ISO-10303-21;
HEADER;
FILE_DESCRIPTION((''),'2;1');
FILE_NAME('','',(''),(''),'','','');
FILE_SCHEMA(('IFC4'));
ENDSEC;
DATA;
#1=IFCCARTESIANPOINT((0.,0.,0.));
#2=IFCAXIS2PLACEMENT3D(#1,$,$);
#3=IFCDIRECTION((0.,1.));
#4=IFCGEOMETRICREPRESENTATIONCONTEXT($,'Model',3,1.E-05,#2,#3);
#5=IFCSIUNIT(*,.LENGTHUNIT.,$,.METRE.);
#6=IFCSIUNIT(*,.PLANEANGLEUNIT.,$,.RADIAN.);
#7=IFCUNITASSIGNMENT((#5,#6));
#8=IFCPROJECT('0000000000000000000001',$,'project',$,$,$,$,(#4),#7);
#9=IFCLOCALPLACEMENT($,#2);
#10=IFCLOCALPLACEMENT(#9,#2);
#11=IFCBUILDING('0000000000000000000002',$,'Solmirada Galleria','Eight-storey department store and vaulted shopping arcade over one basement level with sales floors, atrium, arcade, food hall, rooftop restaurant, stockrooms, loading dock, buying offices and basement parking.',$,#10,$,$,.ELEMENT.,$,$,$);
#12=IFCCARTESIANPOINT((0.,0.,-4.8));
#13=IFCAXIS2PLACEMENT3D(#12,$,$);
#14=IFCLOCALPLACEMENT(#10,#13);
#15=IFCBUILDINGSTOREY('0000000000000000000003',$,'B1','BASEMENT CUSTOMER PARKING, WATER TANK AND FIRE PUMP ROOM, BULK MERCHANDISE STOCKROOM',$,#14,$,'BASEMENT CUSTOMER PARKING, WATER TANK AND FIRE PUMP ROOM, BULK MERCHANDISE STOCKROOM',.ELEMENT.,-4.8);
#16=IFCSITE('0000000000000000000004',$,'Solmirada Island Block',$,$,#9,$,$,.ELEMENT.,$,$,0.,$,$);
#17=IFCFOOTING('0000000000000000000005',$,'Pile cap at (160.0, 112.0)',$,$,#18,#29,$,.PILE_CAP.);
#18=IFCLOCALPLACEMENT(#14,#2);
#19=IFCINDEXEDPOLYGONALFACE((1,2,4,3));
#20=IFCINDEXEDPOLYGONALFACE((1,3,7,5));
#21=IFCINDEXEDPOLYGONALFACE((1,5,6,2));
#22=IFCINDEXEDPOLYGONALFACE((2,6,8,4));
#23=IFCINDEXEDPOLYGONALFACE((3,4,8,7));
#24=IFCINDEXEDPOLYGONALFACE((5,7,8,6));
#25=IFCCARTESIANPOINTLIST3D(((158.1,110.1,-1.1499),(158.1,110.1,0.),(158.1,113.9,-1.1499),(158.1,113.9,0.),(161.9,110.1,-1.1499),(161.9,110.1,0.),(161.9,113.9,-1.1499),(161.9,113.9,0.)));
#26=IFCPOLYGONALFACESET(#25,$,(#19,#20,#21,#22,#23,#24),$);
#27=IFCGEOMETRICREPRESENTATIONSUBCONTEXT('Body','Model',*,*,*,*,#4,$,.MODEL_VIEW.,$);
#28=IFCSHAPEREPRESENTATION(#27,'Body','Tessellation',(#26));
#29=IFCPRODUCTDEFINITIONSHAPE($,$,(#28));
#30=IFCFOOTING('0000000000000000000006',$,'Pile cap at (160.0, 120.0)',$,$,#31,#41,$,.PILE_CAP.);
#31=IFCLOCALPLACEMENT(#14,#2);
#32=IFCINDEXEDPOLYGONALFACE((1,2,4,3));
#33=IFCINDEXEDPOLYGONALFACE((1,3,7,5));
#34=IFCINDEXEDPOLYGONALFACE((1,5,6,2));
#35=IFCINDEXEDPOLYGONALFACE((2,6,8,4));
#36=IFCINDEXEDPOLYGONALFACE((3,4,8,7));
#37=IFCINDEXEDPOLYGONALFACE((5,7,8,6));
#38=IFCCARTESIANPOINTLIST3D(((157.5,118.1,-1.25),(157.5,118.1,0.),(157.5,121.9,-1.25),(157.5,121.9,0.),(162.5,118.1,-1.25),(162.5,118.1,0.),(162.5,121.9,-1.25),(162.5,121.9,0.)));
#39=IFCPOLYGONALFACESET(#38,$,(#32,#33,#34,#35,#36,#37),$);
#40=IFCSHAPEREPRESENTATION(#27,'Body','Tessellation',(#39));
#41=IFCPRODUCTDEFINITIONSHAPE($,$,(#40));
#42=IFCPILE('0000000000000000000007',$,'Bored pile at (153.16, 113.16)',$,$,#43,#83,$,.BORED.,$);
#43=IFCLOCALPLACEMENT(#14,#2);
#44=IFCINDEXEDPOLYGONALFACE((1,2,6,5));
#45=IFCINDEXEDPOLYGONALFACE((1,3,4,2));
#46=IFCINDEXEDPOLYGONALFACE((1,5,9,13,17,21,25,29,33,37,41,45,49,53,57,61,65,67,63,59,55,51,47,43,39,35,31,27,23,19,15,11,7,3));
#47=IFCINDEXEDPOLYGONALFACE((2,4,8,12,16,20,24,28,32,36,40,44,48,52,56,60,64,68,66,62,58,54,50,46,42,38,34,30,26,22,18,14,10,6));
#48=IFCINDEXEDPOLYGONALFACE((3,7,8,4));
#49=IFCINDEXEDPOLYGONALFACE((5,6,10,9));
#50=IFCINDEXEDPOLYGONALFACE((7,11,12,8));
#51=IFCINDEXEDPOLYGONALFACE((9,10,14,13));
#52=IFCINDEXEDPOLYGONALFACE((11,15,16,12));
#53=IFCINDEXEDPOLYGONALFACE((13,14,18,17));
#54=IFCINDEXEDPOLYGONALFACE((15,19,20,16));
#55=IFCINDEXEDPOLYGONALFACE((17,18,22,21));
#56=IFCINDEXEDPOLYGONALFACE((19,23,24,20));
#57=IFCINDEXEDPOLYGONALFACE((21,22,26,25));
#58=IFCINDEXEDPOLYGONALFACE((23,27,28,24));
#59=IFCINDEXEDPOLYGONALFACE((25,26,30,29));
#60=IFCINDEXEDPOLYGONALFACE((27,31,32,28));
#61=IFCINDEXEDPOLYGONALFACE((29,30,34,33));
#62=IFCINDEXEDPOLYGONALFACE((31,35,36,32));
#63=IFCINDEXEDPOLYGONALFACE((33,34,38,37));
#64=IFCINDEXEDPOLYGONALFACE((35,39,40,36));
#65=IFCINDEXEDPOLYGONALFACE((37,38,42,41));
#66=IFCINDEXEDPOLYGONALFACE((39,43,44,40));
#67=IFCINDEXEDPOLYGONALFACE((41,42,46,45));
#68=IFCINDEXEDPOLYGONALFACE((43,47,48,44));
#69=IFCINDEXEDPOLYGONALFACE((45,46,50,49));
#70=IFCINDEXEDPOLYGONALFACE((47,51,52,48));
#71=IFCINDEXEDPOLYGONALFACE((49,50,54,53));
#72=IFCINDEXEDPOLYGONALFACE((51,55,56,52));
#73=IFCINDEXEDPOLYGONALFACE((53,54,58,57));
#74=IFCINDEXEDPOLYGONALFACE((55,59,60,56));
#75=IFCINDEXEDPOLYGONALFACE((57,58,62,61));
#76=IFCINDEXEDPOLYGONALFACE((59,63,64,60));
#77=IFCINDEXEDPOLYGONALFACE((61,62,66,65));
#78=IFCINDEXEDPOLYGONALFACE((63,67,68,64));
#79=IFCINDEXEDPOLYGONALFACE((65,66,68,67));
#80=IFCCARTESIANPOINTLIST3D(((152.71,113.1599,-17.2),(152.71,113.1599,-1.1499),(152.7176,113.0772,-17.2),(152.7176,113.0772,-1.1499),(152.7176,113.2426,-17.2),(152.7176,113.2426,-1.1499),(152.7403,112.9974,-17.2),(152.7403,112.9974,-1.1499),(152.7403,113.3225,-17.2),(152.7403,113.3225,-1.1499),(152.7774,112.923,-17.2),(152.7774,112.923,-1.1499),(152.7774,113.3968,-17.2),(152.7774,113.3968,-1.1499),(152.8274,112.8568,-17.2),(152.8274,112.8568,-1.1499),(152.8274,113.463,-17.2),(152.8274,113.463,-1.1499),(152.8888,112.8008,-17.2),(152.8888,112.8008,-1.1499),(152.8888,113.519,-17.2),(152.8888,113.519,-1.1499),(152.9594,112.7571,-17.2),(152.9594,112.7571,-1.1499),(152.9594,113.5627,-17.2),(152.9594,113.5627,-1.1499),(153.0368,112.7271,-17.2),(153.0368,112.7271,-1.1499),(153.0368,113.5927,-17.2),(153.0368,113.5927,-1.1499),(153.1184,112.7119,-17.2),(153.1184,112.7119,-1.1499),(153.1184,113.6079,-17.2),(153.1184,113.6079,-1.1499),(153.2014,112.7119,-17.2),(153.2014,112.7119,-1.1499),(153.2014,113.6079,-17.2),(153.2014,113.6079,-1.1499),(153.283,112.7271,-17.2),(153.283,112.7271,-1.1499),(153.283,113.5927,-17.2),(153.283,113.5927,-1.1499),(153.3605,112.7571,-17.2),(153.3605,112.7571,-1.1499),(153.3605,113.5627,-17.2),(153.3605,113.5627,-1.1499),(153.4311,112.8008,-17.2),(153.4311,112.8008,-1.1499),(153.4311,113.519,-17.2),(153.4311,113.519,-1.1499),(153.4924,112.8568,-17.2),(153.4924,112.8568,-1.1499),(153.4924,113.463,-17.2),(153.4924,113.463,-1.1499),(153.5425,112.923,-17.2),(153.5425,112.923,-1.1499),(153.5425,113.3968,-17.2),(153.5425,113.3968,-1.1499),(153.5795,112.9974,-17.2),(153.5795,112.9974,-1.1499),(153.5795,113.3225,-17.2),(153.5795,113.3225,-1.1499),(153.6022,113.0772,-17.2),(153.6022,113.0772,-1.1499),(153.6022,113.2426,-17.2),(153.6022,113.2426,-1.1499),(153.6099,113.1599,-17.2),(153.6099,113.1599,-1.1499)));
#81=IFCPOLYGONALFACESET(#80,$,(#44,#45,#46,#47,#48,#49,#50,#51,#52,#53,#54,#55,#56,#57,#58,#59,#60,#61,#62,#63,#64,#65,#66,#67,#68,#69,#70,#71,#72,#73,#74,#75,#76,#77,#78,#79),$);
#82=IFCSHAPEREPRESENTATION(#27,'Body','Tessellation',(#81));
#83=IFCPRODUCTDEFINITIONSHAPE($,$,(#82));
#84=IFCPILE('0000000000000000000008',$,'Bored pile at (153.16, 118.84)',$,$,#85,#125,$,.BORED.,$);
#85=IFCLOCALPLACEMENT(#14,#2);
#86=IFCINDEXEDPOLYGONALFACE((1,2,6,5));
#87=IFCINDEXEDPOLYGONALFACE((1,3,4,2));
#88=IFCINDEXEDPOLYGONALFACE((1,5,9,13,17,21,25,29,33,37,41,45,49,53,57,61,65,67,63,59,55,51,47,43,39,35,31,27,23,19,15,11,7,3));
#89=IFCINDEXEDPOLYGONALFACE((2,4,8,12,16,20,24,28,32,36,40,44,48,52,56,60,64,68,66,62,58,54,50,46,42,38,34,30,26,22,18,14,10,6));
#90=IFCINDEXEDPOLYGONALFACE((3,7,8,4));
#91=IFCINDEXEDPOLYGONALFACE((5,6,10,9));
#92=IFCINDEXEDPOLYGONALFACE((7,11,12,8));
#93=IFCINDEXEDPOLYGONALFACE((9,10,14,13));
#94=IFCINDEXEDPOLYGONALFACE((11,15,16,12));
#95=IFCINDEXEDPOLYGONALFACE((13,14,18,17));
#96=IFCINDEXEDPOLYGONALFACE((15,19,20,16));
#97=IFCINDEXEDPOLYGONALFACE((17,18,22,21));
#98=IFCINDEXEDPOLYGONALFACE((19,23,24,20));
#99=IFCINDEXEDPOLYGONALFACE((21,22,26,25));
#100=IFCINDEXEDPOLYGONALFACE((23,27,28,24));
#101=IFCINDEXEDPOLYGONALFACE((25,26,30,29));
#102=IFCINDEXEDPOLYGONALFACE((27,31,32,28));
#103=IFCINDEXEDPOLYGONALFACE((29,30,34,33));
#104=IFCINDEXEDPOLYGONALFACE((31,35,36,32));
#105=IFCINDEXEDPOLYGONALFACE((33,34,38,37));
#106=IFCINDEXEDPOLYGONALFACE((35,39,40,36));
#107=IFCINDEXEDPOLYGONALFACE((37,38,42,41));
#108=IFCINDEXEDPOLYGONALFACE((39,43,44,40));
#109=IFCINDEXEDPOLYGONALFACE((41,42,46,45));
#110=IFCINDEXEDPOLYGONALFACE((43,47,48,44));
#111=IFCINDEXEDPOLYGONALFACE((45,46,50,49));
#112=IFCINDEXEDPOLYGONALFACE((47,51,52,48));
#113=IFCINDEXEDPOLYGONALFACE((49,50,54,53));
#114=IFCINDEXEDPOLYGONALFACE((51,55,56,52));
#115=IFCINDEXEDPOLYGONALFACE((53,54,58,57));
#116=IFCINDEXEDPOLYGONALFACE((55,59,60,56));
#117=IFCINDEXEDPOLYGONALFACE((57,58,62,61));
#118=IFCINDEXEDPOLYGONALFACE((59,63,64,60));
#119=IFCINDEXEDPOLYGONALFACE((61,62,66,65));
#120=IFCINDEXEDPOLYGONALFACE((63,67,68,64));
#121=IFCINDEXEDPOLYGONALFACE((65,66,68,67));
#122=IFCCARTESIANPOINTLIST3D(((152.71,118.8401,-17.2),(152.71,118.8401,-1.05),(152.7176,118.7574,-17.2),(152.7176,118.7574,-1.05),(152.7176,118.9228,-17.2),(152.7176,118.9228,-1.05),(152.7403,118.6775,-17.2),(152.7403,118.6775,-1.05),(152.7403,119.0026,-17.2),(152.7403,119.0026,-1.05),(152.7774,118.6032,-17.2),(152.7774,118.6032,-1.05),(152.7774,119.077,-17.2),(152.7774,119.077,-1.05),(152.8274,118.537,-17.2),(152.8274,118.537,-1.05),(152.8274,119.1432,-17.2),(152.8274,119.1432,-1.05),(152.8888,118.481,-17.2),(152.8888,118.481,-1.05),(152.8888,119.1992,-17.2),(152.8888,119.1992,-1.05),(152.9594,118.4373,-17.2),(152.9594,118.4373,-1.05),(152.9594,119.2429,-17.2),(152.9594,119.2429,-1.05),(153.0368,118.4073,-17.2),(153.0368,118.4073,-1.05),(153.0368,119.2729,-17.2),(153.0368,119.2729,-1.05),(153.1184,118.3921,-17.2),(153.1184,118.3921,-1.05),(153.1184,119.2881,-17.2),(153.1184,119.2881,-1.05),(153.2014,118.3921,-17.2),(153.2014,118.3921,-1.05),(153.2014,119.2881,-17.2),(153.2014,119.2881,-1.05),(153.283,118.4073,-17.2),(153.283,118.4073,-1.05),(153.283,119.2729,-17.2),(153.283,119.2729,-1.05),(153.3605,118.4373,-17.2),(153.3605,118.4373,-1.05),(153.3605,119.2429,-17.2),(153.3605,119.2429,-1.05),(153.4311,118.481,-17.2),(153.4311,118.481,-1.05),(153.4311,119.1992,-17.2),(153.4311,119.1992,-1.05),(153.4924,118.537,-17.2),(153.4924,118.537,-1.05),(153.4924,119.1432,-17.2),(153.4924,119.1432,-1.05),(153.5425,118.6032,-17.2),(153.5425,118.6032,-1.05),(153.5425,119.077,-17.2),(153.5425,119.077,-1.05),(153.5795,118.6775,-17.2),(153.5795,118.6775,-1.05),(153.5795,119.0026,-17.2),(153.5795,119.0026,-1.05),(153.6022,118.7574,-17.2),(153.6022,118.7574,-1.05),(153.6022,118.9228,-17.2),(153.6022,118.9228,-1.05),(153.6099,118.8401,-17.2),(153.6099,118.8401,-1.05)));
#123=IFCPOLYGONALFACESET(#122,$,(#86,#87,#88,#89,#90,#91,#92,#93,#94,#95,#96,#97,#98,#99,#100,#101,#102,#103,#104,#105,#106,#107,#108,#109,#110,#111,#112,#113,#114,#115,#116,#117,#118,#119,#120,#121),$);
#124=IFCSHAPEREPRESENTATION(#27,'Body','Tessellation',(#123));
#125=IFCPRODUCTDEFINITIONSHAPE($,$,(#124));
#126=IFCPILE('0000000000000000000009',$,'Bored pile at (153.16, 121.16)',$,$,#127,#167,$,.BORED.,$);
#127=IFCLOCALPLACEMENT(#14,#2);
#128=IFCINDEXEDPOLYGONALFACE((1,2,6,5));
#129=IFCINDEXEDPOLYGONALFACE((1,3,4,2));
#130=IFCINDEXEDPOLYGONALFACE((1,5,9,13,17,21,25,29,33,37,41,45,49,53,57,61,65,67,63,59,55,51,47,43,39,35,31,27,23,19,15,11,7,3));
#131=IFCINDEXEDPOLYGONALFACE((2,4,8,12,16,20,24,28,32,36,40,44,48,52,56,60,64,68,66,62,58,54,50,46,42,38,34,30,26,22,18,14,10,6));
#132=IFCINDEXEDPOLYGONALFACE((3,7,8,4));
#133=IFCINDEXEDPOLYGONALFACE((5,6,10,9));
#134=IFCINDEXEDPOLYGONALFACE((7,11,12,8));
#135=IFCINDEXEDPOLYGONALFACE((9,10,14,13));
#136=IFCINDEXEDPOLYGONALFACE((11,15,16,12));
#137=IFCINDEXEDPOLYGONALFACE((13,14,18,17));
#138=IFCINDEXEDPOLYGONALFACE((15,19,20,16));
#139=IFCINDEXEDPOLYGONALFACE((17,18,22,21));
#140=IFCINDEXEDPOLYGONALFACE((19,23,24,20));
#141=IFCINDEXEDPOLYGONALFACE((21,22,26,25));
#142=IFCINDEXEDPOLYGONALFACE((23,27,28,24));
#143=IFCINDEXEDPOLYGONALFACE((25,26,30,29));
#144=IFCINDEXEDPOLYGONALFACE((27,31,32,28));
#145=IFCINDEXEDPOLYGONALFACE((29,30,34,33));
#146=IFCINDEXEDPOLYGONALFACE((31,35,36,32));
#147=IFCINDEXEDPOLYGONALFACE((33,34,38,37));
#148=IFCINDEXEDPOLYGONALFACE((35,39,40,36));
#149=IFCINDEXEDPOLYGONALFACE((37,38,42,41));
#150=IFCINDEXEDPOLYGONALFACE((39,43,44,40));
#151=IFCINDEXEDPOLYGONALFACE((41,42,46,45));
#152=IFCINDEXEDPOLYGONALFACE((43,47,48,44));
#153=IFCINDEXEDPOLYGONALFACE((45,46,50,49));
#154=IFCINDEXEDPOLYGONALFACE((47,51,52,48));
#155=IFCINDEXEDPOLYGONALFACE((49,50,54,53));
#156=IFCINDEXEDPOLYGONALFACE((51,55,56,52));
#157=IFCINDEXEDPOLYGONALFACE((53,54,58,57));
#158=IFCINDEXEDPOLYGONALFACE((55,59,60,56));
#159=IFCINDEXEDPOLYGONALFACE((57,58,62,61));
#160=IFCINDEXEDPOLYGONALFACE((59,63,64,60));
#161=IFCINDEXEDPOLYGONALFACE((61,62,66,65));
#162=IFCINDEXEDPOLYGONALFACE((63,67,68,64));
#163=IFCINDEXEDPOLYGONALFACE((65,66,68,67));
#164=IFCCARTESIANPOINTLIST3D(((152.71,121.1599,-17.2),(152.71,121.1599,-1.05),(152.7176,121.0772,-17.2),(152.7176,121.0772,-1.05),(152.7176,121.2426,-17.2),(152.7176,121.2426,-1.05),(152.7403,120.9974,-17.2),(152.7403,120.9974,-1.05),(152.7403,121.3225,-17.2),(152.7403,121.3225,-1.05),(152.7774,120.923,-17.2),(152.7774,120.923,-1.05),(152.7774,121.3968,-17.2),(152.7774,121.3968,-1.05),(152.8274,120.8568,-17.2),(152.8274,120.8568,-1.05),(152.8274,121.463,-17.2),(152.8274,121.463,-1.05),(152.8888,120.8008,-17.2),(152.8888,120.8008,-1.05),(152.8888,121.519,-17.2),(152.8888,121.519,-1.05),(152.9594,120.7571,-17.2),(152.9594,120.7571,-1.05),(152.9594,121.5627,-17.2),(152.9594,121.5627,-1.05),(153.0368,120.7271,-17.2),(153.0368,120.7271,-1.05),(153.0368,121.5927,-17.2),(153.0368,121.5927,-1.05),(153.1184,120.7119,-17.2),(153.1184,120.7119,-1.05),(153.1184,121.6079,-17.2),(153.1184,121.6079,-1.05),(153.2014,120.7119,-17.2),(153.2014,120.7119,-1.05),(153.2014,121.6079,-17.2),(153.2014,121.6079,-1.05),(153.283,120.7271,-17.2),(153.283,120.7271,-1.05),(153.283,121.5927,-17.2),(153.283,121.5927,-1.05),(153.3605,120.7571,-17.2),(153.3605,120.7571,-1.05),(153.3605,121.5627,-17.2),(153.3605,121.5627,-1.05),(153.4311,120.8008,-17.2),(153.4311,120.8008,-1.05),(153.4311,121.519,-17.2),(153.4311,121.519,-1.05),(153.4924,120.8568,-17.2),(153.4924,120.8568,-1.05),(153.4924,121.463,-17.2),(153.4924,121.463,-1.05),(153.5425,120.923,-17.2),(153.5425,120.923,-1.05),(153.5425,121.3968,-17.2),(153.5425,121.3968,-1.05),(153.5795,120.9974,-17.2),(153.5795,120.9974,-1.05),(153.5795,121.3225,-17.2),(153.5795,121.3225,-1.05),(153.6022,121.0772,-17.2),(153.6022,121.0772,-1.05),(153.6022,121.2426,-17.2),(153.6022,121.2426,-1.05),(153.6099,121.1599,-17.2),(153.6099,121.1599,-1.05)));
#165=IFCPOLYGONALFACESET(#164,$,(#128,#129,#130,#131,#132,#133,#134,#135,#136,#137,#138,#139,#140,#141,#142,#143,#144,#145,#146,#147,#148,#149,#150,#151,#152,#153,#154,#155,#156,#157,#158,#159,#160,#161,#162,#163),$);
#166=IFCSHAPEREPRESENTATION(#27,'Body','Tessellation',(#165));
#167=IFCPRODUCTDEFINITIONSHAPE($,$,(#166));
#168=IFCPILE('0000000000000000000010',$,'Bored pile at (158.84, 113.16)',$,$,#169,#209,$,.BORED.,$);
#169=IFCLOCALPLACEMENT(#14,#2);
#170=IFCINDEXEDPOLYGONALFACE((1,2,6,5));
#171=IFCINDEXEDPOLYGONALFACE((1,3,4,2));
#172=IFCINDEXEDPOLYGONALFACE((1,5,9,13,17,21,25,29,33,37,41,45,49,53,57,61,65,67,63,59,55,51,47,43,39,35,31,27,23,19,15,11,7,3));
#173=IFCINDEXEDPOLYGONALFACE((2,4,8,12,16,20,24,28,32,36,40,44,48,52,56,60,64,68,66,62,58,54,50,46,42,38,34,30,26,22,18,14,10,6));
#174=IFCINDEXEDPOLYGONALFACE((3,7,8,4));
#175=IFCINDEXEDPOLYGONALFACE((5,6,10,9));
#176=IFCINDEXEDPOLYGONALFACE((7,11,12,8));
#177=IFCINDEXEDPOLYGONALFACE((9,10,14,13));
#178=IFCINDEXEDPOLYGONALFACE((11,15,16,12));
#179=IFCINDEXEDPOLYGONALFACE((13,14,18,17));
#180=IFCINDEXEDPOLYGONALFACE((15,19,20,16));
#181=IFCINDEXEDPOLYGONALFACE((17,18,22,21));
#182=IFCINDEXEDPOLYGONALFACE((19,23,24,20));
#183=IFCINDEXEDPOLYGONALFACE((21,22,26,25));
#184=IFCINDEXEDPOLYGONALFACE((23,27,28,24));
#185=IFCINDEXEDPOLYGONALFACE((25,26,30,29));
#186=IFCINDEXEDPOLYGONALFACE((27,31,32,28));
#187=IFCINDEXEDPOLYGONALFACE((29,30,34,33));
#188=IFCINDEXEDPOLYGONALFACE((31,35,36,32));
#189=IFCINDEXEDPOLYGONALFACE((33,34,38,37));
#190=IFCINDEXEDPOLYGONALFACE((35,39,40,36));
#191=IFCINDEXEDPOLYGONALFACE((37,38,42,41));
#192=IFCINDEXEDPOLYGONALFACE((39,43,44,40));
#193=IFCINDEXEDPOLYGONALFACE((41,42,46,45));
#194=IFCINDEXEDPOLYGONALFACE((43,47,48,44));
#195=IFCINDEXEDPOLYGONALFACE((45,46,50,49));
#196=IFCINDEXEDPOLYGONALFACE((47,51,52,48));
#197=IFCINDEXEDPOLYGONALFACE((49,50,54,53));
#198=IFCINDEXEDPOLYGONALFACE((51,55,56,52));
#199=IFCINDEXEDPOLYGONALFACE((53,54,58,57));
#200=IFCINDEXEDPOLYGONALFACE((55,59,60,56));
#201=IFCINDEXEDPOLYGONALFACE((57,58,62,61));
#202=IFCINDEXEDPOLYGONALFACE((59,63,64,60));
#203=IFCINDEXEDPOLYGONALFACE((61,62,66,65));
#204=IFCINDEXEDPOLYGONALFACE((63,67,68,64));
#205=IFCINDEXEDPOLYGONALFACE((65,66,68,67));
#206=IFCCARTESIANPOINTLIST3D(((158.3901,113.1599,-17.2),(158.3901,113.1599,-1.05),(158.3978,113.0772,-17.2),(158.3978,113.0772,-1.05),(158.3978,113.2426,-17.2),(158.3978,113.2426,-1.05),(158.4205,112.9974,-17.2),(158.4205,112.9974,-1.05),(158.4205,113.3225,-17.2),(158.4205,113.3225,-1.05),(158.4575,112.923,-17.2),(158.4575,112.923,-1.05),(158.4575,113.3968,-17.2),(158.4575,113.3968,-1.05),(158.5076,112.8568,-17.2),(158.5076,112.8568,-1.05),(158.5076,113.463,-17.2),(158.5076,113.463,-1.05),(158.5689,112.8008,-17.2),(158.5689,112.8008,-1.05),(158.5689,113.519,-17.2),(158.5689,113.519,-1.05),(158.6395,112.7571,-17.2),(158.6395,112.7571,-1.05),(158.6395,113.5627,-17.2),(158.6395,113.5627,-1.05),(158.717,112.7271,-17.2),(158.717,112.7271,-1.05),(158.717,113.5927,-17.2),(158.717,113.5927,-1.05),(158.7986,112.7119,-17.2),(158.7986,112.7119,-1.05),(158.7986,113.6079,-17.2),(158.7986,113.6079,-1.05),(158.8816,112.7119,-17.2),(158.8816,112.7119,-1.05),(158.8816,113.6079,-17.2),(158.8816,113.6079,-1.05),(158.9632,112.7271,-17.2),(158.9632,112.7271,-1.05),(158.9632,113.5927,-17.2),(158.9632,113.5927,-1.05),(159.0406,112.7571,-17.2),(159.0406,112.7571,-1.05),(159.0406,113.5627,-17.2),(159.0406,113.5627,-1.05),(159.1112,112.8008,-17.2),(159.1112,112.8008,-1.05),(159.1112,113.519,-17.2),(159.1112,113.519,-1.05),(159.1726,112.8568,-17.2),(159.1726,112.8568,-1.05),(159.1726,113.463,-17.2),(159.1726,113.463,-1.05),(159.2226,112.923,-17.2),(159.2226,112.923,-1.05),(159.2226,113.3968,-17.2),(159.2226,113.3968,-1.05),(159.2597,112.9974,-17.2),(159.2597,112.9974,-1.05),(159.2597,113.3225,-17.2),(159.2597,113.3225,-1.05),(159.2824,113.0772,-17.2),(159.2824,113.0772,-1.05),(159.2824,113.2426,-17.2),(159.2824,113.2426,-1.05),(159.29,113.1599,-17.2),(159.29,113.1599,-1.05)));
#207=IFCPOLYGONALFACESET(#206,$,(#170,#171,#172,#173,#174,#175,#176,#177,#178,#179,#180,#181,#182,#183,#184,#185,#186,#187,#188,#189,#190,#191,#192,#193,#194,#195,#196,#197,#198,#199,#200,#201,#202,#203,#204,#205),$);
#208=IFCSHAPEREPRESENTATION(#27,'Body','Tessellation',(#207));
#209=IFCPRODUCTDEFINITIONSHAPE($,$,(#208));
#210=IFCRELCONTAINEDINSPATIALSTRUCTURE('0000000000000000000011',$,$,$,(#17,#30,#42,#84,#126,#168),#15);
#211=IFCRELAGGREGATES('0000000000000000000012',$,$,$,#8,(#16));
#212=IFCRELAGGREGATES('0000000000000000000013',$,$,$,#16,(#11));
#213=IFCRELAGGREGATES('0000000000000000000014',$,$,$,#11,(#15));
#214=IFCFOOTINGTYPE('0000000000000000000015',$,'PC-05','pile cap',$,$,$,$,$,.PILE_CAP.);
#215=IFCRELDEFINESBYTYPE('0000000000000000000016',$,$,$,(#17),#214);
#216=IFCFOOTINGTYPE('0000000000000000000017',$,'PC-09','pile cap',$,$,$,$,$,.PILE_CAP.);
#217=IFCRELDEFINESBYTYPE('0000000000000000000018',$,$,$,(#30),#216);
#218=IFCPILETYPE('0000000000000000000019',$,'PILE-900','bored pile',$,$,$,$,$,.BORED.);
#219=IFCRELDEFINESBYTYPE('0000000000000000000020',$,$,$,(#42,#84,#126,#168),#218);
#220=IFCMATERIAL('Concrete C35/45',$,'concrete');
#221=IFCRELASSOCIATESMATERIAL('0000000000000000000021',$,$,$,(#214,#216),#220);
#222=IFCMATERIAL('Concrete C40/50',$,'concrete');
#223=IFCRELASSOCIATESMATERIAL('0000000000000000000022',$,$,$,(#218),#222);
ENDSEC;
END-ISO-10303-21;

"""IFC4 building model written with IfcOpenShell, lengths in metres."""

from ifc_helpers import new_model, si_unit, direction, frame, origin, origin_2d, place, context, subcontext, project, spatial, rectangle, circle, extrude, material, material_profile, profile_set, type_object, element, save


model = new_model("IFC4")

# Units and contexts
model_context = context("Model", 3, precision=1e-05, world=origin(), true_north=direction((0.0, 1.0)))
body_context = subcontext(model_context, "Body", "Model", "MODEL_VIEW")
ifc_project = project(units=[si_unit("LENGTHUNIT", "METRE"), si_unit("PLANEANGLEUNIT", "RADIAN")], contexts=[model_context])

# Site, building, storey
site_placement = place(None, origin())
site = spatial("IfcSite", under=ifc_project, at=site_placement, Name="Solmirada Island Block", CompositionType="ELEMENT", RefElevation=0.0)
building_placement = place(site_placement, origin())
building = spatial("IfcBuilding", under=site, at=building_placement, Name="Solmirada Galleria", Description="Eight-storey department store and vaulted shopping arcade over one basement level with sales floors, atrium, arcade, food hall, rooftop restaurant, stockrooms, loading dock, buying offices and basement parking.", CompositionType="ELEMENT")
storey_placement = place(building_placement, frame((0.0, 0.0, -4.8)))
storey = spatial("IfcBuildingStorey", under=building, at=storey_placement, Name="B1", Description="BASEMENT CUSTOMER PARKING, WATER TANK AND FIRE PUMP ROOM, BULK MERCHANDISE STOCKROOM", LongName="BASEMENT CUSTOMER PARKING, WATER TANK AND FIRE PUMP ROOM, BULK MERCHANDISE STOCKROOM", CompositionType="ELEMENT", Elevation=-4.8)

# Footings
ifc_material_1 = material(Name="Concrete C35/45", Category="concrete")
footing_type_1 = type_object("IfcFootingType", Name="PC-05", Description="pile cap", PredefinedType="PILE_CAP", material=ifc_material_1)
footing_1_placement = place(storey_placement, frame((160.0, 112.0, -1.1499), z_axis=(0.0, 0.0, 1.0), x_axis=(1.0, 0.0, 0.0)))
element("IfcFooting", 1, at=footing_1_placement, inside=storey, type_object=footing_type_1, Name="Pile cap at (160.0, 112.0)", PredefinedType="PILE_CAP", context=body_context, shape_type="SweptSolid", body=[
    extrude(rectangle(XDim=3.8, YDim=3.8, at=origin_2d()), origin(), (0.0, 0.0, 1.0), 1.1499),
])
footing_type_2 = type_object("IfcFootingType", Name="PC-09", Description="pile cap", PredefinedType="PILE_CAP", material=ifc_material_1)
footing_2_placement = place(storey_placement, frame((160.0, 120.0, -1.25), z_axis=(0.0, 0.0, 1.0), x_axis=(1.0, 0.0, 0.0)))
element("IfcFooting", 2, at=footing_2_placement, inside=storey, type_object=footing_type_2, Name="Pile cap at (160.0, 120.0)", PredefinedType="PILE_CAP", context=body_context, shape_type="SweptSolid", body=[
    extrude(rectangle(XDim=5.0, YDim=3.8, at=origin_2d()), origin(), (0.0, 0.0, 1.0), 1.25),
])

# Piles
ifc_material_2 = material(Name="Concrete C40/50", Category="concrete")
ifc_material_profile_1 = material_profile(ifc_material_2, circle(Radius=0.45, at=origin_2d()), Name="PILE900")
ifc_profile_set_1 = profile_set([ifc_material_profile_1], Name="Concrete C40/50")
pile_type = type_object("IfcPileType", Name="PILE-900", Description="bored pile", PredefinedType="BORED", material=ifc_profile_set_1)
pile_placement = place(storey_placement, frame((153.1599, 113.1599, -1.1499), z_axis=(0.0, 0.0, -1.0), x_axis=(1.0, 0.0, 0.0)))
element("IfcPile", 3, at=pile_placement, inside=storey, type_object=pile_type, Name="Bored pile at (153.16, 113.16)", PredefinedType="BORED", context=body_context, shape_type="SweptSolid", body=[
    extrude(circle(Radius=0.45, at=origin_2d()), origin(), (0.0, 0.0, 1.0), 16.05),
])
for number, where, z_axis, x_axis, name in (
    (4, (153.1599, 118.8401, -1.05), (0.0, 0.0, -1.0), (1.0, 0.0, 0.0), "Bored pile at (153.16, 118.84)"),
    (5, (153.1599, 121.1599, -1.05), (0.0, 0.0, -1.0), (1.0, 0.0, 0.0), "Bored pile at (153.16, 121.16)"),
    (6, (158.8401, 113.1599, -1.05), (0.0, 0.0, -1.0), (1.0, 0.0, 0.0), "Bored pile at (158.84, 113.16)"),
):
    element("IfcPile", number, at=place(storey_placement, frame(where, z_axis=z_axis, x_axis=x_axis)), inside=storey, type_object=pile_type, Name=name, PredefinedType="BORED", context=body_context, shape_type="SweptSolid", body=[
        extrude(circle(Radius=0.45, at=origin_2d()), origin(), (0.0, 0.0, 1.0), 16.1499),
    ])

save(model, "model.ifc")
